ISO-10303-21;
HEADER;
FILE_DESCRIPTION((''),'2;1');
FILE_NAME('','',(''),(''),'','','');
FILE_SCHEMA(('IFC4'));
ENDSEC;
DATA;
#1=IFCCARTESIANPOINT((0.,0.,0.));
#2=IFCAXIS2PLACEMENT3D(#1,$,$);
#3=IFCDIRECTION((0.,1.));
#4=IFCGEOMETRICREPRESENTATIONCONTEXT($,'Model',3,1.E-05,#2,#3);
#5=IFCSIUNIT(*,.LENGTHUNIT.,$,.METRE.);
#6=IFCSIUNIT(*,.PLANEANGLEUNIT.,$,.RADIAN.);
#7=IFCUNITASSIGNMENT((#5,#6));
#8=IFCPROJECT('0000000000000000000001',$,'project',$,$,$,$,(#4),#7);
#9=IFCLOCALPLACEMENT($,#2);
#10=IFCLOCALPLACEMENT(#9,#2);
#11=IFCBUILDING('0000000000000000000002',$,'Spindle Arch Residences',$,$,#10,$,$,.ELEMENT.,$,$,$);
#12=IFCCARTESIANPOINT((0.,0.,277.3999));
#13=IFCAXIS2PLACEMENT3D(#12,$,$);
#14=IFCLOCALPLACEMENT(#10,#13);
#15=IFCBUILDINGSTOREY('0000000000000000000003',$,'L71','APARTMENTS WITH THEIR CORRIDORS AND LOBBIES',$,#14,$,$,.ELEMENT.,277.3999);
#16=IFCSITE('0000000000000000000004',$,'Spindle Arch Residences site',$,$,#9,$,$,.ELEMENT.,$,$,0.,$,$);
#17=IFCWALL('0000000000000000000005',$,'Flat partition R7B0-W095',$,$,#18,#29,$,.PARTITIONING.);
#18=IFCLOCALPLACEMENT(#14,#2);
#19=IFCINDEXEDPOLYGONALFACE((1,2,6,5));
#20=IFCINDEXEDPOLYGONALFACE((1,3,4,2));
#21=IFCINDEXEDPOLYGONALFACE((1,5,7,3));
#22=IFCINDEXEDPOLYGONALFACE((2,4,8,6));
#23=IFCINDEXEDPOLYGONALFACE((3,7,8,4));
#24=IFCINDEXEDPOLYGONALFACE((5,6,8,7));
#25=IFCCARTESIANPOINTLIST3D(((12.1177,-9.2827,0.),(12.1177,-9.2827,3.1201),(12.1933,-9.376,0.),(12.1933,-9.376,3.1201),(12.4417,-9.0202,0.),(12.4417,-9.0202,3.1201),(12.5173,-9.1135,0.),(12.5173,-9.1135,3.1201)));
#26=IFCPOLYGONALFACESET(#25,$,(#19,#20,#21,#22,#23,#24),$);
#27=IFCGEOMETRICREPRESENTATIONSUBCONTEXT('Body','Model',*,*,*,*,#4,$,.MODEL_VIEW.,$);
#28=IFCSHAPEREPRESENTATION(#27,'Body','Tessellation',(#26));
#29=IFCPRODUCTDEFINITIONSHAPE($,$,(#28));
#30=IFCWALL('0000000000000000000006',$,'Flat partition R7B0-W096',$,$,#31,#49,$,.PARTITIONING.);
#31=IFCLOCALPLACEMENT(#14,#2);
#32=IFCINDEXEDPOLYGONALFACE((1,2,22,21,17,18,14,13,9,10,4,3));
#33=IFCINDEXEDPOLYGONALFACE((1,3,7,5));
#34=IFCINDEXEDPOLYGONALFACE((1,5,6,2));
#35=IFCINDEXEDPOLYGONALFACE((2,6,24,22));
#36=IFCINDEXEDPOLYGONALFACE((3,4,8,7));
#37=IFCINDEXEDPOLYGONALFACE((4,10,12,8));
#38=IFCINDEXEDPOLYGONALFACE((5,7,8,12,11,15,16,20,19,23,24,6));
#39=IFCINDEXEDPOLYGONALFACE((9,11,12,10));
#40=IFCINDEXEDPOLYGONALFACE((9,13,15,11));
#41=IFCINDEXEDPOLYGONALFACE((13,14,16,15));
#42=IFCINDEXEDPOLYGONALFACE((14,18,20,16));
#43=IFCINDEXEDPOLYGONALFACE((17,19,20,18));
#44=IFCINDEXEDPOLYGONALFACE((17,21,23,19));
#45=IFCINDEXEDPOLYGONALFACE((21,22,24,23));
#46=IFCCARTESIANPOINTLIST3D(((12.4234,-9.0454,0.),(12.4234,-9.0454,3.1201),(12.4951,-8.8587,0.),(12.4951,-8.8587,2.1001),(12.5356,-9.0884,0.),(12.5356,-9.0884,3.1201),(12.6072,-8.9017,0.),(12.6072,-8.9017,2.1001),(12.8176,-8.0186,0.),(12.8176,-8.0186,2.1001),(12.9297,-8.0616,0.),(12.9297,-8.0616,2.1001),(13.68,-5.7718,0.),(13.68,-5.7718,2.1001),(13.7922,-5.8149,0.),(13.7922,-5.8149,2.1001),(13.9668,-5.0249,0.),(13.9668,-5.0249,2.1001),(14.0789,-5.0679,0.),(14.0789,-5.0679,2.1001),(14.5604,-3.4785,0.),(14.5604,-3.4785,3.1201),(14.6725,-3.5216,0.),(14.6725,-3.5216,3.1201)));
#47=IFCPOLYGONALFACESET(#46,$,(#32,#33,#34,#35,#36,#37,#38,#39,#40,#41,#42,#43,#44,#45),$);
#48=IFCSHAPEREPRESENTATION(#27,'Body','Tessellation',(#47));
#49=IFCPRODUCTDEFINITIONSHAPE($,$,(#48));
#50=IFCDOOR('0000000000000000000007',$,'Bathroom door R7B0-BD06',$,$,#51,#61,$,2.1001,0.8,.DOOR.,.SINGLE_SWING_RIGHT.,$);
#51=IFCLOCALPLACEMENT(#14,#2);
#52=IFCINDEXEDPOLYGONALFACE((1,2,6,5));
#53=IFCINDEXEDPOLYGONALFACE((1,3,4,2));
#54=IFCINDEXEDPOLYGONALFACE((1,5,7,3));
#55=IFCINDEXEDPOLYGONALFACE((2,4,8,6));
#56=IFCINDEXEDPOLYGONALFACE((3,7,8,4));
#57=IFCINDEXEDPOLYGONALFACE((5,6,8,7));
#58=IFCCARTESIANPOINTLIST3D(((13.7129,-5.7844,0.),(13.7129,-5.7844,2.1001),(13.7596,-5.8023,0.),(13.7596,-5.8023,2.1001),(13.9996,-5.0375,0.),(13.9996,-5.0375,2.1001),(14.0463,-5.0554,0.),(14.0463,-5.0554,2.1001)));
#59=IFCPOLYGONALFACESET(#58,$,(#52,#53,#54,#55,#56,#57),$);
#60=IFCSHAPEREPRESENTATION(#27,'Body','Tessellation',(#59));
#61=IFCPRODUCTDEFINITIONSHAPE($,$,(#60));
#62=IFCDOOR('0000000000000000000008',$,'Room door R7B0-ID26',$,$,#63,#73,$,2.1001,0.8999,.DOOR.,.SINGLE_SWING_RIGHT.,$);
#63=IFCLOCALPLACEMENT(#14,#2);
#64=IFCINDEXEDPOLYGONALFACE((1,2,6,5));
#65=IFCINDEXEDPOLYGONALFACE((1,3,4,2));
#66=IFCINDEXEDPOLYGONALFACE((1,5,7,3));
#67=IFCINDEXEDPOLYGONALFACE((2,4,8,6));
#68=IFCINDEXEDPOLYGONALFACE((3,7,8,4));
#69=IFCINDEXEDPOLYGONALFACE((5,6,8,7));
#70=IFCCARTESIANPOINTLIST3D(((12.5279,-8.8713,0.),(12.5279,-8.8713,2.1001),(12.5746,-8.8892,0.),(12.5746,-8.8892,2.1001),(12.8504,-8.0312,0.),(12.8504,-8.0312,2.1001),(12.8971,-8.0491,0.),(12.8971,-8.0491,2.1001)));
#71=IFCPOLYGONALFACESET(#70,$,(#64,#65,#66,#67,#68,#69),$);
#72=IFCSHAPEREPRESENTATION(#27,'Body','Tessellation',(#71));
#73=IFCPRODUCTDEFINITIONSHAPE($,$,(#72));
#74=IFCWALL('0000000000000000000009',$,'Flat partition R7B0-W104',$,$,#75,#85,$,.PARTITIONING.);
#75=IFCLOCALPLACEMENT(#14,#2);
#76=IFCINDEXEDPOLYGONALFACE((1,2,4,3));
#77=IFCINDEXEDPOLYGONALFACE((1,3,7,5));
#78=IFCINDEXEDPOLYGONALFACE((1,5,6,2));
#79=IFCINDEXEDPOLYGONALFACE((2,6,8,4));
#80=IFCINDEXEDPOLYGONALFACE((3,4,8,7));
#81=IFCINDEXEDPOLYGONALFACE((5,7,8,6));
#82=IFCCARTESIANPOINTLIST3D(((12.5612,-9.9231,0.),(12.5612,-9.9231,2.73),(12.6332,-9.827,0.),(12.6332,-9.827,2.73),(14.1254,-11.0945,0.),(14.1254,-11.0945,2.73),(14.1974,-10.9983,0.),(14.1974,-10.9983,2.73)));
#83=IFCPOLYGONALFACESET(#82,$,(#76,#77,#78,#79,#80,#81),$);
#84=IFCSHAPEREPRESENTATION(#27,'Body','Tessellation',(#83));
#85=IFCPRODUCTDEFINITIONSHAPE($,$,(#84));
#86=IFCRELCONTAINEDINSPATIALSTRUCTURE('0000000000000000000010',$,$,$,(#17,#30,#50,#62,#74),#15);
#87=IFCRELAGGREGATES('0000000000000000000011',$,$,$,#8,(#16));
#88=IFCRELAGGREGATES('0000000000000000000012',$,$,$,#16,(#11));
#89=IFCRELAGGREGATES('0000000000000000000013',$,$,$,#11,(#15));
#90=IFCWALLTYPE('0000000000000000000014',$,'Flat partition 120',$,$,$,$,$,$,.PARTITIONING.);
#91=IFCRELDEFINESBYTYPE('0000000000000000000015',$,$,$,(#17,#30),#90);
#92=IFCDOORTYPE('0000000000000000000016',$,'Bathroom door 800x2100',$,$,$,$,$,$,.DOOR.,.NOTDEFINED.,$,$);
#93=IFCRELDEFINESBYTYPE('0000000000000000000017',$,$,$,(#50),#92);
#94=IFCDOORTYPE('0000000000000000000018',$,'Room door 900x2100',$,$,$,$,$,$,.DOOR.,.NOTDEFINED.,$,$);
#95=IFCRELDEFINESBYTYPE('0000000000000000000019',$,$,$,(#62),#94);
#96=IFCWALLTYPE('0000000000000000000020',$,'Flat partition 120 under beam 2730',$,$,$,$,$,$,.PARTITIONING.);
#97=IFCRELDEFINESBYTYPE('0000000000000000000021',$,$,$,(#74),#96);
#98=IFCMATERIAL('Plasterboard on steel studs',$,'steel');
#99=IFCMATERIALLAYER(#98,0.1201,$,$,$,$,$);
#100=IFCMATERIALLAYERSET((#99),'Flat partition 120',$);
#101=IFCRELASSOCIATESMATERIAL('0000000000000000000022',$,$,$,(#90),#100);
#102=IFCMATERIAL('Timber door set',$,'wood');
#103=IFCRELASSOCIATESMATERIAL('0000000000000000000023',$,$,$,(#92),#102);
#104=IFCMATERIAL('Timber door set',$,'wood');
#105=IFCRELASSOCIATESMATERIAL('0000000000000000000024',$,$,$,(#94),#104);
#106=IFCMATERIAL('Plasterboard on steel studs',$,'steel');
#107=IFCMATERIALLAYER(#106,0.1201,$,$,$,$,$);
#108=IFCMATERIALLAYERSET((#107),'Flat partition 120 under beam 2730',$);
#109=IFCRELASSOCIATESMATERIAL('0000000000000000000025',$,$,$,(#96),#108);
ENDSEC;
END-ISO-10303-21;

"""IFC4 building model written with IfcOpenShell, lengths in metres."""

from ifc_helpers import new_model, si_unit, direction, frame, frame_2d, origin, place, context, subcontext, project, spatial, rectangle, extrude, material, layer, layer_set, type_object, element, fill, save


model = new_model("IFC4")

# Units and contexts
model_context = context("Model", 3, precision=1e-05, world=origin(), true_north=direction((0.0, 1.0)))
body_context = subcontext(model_context, "Body", "Model", "MODEL_VIEW")
ifc_project = project(units=[si_unit("LENGTHUNIT", "METRE"), si_unit("PLANEANGLEUNIT", "RADIAN")], contexts=[model_context])

# Site, building, storey
site_placement = place(None, origin())
site = spatial("IfcSite", under=ifc_project, at=site_placement, Name="Spindle Arch Residences site", CompositionType="ELEMENT", RefElevation=0.0)
building_placement = place(site_placement, origin())
building = spatial("IfcBuilding", under=site, at=building_placement, Name="Spindle Arch Residences", CompositionType="ELEMENT")
storey_placement = place(building_placement, frame((0.0, 0.0, 277.3999)))
storey = spatial("IfcBuildingStorey", under=building, at=storey_placement, Name="L71", Description="APARTMENTS WITH THEIR CORRIDORS AND LOBBIES", CompositionType="ELEMENT", Elevation=277.3999)

# Wall
ifc_material_1 = material(Name="Plasterboard on steel studs", Category="steel")
ifc_layer_1 = layer(ifc_material_1, 0.1201)
ifc_layer_set_1 = layer_set([ifc_layer_1], Name="Flat partition 120")
wall_type_1 = type_object("IfcWallType", Name="Flat partition 120", PredefinedType="PARTITIONING", material=ifc_layer_set_1)
wall_1_placement = place(storey_placement, frame((12.1555, -9.3293, 0.0), z_axis=(0.0, 0.0, 1.0), x_axis=(0.777027, 0.629468, 0.0)))
element("IfcWall", 1, at=wall_1_placement, inside=storey, type_object=wall_type_1, Name="Flat partition R7B0-W095", PredefinedType="PARTITIONING", context=body_context, shape_type="SweptSolid", body=[
    extrude(rectangle(XDim=0.417, YDim=0.1201, at=frame_2d((0.2085, 0.0))), origin(), (0.0, 0.0, 1.0), 3.1201),
])

# Wall, openings, doors
wall_2_placement = place(storey_placement, frame((12.4795, -9.0669, 0.0), z_axis=(0.0, 0.0, 1.0), x_axis=(0.358373, 0.933579, 0.0)))
wall_2 = element("IfcWall", 2, at=wall_2_placement, inside=storey, type_object=wall_type_1, Name="Flat partition R7B0-W096", PredefinedType="PARTITIONING", context=body_context, shape_type="SweptSolid", body=[
    extrude(rectangle(XDim=5.9629, YDim=0.1201, at=frame_2d((2.9814, 0.0))), origin(), (0.0, 0.0, 1.0), 3.1201),
])
opening_1_placement = place(wall_2_placement, frame((0.2, 0.0, 0.0)))
opening_1 = element("IfcOpeningElement", 3, at=opening_1_placement, cuts=wall_2, PredefinedType="OPENING", context=body_context, shape_type="SweptSolid", body=[
    extrude(rectangle(XDim=0.8999, YDim=2.1001, at=frame_2d((0.45, 1.05))), frame((0.0, 0.0701, 0.0), z_axis=(0.0, -1.0, 0.0), x_axis=(1.0, 0.0, 0.0)), (0.0, 0.0, 1.0), 0.1401),
])
opening_2_placement = place(wall_2_placement, frame((3.5066, 0.0, 0.0)))
opening_2 = element("IfcOpeningElement", 4, at=opening_2_placement, cuts=wall_2, PredefinedType="OPENING", context=body_context, shape_type="SweptSolid", body=[
    extrude(rectangle(XDim=0.8, YDim=2.1001, at=frame_2d((0.3999, 1.05))), frame((0.0, 0.0701, 0.0), z_axis=(0.0, -1.0, 0.0), x_axis=(1.0, 0.0, 0.0)), (0.0, 0.0, 1.0), 0.1401),
])
ifc_material_2 = material(Name="Timber door set", Category="wood")
door_type_1 = type_object("IfcDoorType", Name="Bathroom door 800x2100", OperationType="NOTDEFINED", PredefinedType="DOOR", material=ifc_material_2)
door_1_placement = place(opening_2_placement, origin())
door_1 = element("IfcDoor", 5, at=door_1_placement, inside=storey, type_object=door_type_1, Name="Bathroom door R7B0-BD06", OperationType="SINGLE_SWING_RIGHT", OverallHeight=2.1001, OverallWidth=0.8, PredefinedType="DOOR", context=body_context, shape_type="SweptSolid", body=[
    extrude(rectangle(XDim=0.8, YDim=2.1001, at=frame_2d((0.3999, 1.05))), frame((0.0, 0.0249, 0.0), z_axis=(0.0, -1.0, 0.0), x_axis=(1.0, 0.0, 0.0)), (0.0, 0.0, 1.0), 0.05),
])
fill(opening_2, door_1)
ifc_material_3 = material(Name="Timber door set", Category="wood")
door_type_2 = type_object("IfcDoorType", Name="Room door 900x2100", OperationType="NOTDEFINED", PredefinedType="DOOR", material=ifc_material_3)
door_2_placement = place(opening_1_placement, origin())
door_2 = element("IfcDoor", 6, at=door_2_placement, inside=storey, type_object=door_type_2, Name="Room door R7B0-ID26", OperationType="SINGLE_SWING_RIGHT", OverallHeight=2.1001, OverallWidth=0.8999, PredefinedType="DOOR", context=body_context, shape_type="SweptSolid", body=[
    extrude(rectangle(XDim=0.8999, YDim=2.1001, at=frame_2d((0.45, 1.05))), frame((0.0, 0.0249, 0.0), z_axis=(0.0, -1.0, 0.0), x_axis=(1.0, 0.0, 0.0)), (0.0, 0.0, 1.0), 0.05),
])
fill(opening_1, door_2)

# Wall
ifc_material_4 = material(Name="Plasterboard on steel studs", Category="steel")
ifc_layer_2 = layer(ifc_material_4, 0.1201)
ifc_layer_set_2 = layer_set([ifc_layer_2], Name="Flat partition 120 under beam 2730")
wall_type_2 = type_object("IfcWallType", Name="Flat partition 120 under beam 2730", PredefinedType="PARTITIONING", material=ifc_layer_set_2)
wall_3_placement = place(storey_placement, frame((14.1614, -11.0464, 0.0), z_axis=(0.0, 0.0, 1.0), x_axis=(-0.800435, 0.59942, 0.0)))
element("IfcWall", 7, at=wall_3_placement, inside=storey, type_object=wall_type_2, Name="Flat partition R7B0-W104", PredefinedType="PARTITIONING", context=body_context, shape_type="SweptSolid", body=[
    extrude(rectangle(XDim=1.9541, YDim=0.1201, at=frame_2d((0.9771, 0.0))), origin(), (0.0, 0.0, 1.0), 2.73),
])

save(model, "model.ifc")
